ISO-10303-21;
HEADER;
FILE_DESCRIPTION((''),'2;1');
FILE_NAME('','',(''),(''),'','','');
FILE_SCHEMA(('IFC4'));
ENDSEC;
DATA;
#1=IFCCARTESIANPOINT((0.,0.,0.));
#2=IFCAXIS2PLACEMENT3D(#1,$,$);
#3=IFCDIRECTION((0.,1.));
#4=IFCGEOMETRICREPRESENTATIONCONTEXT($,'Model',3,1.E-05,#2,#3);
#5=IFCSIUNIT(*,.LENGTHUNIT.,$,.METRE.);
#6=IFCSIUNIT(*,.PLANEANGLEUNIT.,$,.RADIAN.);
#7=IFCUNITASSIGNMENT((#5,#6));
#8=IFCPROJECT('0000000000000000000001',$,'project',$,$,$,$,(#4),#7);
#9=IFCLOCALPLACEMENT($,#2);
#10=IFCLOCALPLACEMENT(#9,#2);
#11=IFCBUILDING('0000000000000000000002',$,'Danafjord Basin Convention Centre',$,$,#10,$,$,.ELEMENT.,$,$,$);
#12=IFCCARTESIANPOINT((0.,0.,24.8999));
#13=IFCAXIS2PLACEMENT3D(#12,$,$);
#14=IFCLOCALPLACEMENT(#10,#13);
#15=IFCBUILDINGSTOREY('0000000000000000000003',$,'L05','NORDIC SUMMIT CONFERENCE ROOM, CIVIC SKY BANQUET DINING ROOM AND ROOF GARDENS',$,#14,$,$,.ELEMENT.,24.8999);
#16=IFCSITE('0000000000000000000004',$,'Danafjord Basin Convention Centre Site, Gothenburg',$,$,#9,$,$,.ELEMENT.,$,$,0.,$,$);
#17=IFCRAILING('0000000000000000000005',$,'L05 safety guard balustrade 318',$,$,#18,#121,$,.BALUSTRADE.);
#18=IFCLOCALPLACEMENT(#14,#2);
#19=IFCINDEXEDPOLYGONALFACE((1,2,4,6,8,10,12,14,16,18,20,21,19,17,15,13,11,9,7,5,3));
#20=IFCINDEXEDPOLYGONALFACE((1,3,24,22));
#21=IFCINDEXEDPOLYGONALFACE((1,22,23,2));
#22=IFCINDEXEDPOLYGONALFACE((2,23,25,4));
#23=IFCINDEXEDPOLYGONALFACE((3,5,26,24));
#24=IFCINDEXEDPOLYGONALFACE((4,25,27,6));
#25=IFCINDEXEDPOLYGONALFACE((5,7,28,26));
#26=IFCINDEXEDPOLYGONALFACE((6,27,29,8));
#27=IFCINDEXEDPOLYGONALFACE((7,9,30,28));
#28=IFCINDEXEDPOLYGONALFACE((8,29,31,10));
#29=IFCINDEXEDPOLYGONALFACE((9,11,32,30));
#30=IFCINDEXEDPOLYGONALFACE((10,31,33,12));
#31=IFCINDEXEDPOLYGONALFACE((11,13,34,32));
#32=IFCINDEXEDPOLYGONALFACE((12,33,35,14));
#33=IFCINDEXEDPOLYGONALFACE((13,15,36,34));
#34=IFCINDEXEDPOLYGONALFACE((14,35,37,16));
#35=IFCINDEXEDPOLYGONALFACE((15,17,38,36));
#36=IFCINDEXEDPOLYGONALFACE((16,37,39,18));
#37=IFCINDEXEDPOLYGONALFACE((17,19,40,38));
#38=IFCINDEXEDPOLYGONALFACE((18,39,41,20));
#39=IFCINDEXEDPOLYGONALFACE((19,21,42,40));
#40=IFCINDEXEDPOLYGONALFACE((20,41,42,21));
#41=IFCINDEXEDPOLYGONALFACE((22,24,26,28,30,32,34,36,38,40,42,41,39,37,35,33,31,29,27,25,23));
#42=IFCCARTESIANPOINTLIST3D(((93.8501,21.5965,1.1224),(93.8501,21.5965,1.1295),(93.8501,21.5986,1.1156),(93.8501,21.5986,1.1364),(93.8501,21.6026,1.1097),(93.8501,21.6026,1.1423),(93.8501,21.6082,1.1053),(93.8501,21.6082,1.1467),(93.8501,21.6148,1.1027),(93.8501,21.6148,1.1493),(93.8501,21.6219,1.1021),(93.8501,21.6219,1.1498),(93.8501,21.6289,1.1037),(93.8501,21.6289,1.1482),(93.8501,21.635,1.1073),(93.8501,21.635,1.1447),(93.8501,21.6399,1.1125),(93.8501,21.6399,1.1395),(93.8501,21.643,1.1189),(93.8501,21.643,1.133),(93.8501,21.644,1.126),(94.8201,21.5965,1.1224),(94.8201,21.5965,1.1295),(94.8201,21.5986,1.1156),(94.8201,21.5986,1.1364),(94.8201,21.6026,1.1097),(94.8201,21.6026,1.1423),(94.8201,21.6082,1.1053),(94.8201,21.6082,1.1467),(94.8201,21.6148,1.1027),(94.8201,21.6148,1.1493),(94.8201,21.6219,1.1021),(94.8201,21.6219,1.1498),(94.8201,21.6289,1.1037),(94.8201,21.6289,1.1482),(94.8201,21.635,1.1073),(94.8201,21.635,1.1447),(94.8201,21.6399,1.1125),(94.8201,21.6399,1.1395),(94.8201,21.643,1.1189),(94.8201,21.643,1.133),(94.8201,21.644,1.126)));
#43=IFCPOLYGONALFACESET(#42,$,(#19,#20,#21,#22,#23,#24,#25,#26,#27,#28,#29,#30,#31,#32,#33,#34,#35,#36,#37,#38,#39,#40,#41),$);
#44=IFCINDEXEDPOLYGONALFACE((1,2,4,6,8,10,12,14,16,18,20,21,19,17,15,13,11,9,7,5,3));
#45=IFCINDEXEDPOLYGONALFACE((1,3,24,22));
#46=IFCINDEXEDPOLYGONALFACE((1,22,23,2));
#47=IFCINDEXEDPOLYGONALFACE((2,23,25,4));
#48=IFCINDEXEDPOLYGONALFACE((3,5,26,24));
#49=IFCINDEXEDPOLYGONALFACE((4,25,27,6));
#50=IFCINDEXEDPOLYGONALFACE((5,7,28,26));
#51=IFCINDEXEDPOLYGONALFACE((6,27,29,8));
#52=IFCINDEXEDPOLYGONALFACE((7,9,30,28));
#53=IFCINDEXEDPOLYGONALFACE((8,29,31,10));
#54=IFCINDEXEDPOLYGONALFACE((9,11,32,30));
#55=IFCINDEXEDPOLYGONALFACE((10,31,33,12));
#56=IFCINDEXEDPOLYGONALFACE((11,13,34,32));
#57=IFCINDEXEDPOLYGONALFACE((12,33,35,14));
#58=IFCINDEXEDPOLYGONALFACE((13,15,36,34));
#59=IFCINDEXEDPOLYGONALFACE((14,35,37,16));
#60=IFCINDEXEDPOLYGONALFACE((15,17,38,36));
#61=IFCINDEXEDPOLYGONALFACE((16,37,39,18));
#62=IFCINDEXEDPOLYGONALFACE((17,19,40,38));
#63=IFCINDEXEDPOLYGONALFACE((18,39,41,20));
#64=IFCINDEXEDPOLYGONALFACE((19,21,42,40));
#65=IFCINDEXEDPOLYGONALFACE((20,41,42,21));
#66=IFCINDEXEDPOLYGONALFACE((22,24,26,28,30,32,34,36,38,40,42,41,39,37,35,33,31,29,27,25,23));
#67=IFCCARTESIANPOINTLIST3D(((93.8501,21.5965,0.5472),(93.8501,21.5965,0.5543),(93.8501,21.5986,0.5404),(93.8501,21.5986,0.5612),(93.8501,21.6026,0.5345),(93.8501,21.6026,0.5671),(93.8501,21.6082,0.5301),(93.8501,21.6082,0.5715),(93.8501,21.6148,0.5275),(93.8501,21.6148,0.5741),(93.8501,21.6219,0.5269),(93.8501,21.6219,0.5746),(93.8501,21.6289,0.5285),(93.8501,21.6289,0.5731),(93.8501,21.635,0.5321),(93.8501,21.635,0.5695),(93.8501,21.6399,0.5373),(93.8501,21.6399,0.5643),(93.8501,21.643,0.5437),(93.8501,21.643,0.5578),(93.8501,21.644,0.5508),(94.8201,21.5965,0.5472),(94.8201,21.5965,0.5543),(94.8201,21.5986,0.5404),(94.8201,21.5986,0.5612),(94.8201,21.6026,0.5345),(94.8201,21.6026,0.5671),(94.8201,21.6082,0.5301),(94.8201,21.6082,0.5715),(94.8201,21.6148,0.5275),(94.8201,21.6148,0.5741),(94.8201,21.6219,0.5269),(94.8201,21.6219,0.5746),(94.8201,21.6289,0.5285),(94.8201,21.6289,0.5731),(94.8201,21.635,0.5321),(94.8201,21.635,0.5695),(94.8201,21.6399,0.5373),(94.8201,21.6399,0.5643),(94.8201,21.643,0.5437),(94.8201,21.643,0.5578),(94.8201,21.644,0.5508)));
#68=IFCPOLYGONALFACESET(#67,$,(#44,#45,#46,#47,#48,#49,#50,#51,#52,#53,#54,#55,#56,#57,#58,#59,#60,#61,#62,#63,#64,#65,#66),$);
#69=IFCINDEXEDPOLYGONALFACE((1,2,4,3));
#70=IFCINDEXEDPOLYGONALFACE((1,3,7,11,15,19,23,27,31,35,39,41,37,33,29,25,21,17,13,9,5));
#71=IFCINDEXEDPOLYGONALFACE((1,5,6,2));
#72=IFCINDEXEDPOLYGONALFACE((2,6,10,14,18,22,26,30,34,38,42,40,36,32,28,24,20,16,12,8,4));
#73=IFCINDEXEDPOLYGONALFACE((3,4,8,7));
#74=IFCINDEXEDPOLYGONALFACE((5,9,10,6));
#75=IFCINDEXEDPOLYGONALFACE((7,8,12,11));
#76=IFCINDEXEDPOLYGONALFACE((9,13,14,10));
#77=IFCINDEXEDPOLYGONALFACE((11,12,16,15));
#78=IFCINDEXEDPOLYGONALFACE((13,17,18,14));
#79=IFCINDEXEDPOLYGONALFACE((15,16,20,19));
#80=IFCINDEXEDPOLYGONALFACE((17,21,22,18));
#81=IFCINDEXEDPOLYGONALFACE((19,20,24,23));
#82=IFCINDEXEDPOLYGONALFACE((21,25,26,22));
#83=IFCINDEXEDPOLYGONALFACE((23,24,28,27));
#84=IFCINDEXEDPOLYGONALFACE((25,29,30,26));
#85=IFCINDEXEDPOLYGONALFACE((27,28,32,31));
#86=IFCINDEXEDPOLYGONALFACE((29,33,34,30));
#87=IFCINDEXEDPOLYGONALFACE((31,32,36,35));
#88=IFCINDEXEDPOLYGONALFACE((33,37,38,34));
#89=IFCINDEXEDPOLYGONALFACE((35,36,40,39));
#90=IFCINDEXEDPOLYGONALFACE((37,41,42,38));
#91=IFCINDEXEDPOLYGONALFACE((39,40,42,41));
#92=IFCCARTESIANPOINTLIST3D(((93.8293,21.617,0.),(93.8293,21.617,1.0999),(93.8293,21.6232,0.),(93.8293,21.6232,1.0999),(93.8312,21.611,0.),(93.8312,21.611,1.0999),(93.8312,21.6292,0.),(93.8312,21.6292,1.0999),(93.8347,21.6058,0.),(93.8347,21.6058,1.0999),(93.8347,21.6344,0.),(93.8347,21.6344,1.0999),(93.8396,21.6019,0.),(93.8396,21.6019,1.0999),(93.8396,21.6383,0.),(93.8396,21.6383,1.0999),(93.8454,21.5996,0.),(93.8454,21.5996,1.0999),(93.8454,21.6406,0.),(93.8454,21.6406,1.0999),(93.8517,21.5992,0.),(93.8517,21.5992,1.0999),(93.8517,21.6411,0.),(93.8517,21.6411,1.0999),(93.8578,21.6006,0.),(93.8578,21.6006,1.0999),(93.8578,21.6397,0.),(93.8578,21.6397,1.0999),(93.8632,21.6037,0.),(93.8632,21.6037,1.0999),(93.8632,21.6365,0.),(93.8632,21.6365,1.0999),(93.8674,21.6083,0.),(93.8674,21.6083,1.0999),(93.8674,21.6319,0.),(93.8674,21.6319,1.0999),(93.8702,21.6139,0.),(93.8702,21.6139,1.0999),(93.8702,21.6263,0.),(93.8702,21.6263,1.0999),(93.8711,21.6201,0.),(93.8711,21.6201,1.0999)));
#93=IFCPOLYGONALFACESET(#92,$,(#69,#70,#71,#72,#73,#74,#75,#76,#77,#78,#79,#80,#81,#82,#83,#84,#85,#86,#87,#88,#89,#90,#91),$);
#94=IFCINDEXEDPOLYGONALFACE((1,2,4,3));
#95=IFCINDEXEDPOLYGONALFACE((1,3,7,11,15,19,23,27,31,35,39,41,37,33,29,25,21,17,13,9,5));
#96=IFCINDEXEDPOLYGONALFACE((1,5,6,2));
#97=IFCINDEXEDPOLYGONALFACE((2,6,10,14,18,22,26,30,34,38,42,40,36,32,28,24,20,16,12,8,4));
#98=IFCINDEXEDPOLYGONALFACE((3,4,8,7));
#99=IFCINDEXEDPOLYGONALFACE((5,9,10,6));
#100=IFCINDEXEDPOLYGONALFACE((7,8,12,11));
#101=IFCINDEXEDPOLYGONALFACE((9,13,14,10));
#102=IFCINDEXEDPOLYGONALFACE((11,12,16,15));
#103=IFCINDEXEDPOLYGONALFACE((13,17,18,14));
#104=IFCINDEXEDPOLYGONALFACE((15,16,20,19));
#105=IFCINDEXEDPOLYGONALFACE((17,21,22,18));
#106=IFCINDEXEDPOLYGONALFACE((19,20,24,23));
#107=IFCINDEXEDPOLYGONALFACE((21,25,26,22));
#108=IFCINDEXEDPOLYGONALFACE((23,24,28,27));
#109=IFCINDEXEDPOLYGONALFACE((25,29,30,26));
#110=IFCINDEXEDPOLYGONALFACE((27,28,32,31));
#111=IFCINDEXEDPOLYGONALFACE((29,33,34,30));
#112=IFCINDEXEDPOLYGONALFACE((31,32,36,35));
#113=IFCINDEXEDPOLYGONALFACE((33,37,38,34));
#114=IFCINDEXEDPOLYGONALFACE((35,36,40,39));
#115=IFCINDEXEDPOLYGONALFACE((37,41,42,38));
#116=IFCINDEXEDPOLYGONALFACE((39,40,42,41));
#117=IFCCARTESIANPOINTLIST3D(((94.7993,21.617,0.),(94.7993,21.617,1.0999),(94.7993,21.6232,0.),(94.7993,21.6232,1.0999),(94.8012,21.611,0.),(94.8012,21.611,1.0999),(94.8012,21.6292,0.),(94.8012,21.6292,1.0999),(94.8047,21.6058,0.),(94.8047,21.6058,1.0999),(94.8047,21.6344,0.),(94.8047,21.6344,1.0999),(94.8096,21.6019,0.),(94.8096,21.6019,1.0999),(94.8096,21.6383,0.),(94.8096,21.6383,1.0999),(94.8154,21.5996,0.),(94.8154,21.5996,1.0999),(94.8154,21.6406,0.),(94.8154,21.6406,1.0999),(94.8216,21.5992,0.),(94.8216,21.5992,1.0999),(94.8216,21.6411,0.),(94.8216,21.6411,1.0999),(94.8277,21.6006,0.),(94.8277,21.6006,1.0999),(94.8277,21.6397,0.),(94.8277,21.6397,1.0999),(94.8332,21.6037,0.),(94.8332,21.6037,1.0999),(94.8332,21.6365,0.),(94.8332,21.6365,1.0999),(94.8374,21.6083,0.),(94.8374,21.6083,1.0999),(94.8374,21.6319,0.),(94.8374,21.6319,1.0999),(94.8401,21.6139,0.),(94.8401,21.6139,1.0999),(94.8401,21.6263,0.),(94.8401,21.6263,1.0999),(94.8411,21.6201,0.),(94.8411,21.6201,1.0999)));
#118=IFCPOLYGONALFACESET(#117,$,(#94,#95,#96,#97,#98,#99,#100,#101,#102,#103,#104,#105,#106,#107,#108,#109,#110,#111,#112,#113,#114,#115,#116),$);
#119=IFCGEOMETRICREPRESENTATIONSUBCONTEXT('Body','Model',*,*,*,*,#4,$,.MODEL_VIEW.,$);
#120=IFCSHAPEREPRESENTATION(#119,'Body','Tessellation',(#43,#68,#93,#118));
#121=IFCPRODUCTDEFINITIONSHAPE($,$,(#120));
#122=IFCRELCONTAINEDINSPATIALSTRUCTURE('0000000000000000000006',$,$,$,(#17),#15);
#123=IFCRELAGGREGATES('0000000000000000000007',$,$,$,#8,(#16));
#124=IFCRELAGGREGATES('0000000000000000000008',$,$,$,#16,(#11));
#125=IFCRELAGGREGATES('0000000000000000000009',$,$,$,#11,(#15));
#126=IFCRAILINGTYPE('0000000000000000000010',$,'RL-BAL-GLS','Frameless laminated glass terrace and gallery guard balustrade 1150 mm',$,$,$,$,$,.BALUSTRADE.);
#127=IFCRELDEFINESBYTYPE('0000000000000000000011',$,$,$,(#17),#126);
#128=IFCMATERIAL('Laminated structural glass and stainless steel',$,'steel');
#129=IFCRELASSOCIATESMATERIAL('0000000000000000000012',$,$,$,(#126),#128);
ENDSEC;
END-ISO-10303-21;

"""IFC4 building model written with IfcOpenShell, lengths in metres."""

from ifc_helpers import new_model, si_unit, direction, frame, origin, origin_2d, place, context, subcontext, project, spatial, circle, extrude, material, type_object, element, save


model = new_model("IFC4")

# Units and contexts
model_context = context("Model", 3, precision=1e-05, world=origin(), true_north=direction((0.0, 1.0)))
body_context = subcontext(model_context, "Body", "Model", "MODEL_VIEW")
ifc_project = project(units=[si_unit("LENGTHUNIT", "METRE"), si_unit("PLANEANGLEUNIT", "RADIAN")], contexts=[model_context])

# Site, building, storey
site_placement = place(None, origin())
site = spatial("IfcSite", under=ifc_project, at=site_placement, Name="Danafjord Basin Convention Centre Site, Gothenburg", CompositionType="ELEMENT", RefElevation=0.0)
building_placement = place(site_placement, origin())
building = spatial("IfcBuilding", under=site, at=building_placement, Name="Danafjord Basin Convention Centre", CompositionType="ELEMENT")
storey_placement = place(building_placement, frame((0.0, 0.0, 24.8999)))
storey = spatial("IfcBuildingStorey", under=building, at=storey_placement, Name="L05", Description="NORDIC SUMMIT CONFERENCE ROOM, CIVIC SKY BANQUET DINING ROOM AND ROOF GARDENS", CompositionType="ELEMENT", Elevation=24.8999)

# Railing
ifc_material_1 = material(Name="Laminated structural glass and stainless steel", Category="steel")
railing_type_1 = type_object("IfcRailingType", Name="RL-BAL-GLS", Description="Frameless laminated glass terrace and gallery guard balustrade 1150 mm", PredefinedType="BALUSTRADE", material=ifc_material_1)
railing_1_placement = place(storey_placement, frame((93.8501, 21.6201, 0.0)))
element("IfcRailing", 1, at=railing_1_placement, inside=storey, type_object=railing_type_1, Name="L05 safety guard balustrade 318", PredefinedType="BALUSTRADE", context=body_context, shape_type="SweptSolid", body=[
    extrude(circle(Radius=0.0239, at=origin_2d()), frame((0.0, 0.0, 1.126), z_axis=(1.0, 0.0, 0.0), x_axis=(0.0, 1.0, 0.0)), (0.0, 0.0, 1.0), 0.97),
    extrude(circle(Radius=0.0239, at=origin_2d()), frame((0.0, 0.0, 0.5508), z_axis=(1.0, 0.0, 0.0), x_axis=(0.0, 1.0, 0.0)), (0.0, 0.0, 1.0), 0.97),
    extrude(circle(Radius=0.021, at=origin_2d()), origin(), (0.0, 0.0, 1.0), 1.0999),
    extrude(circle(Radius=0.021, at=origin_2d()), frame((0.97, 0.0, 0.0)), (0.0, 0.0, 1.0), 1.0999),
])

save(model, "model.ifc")
